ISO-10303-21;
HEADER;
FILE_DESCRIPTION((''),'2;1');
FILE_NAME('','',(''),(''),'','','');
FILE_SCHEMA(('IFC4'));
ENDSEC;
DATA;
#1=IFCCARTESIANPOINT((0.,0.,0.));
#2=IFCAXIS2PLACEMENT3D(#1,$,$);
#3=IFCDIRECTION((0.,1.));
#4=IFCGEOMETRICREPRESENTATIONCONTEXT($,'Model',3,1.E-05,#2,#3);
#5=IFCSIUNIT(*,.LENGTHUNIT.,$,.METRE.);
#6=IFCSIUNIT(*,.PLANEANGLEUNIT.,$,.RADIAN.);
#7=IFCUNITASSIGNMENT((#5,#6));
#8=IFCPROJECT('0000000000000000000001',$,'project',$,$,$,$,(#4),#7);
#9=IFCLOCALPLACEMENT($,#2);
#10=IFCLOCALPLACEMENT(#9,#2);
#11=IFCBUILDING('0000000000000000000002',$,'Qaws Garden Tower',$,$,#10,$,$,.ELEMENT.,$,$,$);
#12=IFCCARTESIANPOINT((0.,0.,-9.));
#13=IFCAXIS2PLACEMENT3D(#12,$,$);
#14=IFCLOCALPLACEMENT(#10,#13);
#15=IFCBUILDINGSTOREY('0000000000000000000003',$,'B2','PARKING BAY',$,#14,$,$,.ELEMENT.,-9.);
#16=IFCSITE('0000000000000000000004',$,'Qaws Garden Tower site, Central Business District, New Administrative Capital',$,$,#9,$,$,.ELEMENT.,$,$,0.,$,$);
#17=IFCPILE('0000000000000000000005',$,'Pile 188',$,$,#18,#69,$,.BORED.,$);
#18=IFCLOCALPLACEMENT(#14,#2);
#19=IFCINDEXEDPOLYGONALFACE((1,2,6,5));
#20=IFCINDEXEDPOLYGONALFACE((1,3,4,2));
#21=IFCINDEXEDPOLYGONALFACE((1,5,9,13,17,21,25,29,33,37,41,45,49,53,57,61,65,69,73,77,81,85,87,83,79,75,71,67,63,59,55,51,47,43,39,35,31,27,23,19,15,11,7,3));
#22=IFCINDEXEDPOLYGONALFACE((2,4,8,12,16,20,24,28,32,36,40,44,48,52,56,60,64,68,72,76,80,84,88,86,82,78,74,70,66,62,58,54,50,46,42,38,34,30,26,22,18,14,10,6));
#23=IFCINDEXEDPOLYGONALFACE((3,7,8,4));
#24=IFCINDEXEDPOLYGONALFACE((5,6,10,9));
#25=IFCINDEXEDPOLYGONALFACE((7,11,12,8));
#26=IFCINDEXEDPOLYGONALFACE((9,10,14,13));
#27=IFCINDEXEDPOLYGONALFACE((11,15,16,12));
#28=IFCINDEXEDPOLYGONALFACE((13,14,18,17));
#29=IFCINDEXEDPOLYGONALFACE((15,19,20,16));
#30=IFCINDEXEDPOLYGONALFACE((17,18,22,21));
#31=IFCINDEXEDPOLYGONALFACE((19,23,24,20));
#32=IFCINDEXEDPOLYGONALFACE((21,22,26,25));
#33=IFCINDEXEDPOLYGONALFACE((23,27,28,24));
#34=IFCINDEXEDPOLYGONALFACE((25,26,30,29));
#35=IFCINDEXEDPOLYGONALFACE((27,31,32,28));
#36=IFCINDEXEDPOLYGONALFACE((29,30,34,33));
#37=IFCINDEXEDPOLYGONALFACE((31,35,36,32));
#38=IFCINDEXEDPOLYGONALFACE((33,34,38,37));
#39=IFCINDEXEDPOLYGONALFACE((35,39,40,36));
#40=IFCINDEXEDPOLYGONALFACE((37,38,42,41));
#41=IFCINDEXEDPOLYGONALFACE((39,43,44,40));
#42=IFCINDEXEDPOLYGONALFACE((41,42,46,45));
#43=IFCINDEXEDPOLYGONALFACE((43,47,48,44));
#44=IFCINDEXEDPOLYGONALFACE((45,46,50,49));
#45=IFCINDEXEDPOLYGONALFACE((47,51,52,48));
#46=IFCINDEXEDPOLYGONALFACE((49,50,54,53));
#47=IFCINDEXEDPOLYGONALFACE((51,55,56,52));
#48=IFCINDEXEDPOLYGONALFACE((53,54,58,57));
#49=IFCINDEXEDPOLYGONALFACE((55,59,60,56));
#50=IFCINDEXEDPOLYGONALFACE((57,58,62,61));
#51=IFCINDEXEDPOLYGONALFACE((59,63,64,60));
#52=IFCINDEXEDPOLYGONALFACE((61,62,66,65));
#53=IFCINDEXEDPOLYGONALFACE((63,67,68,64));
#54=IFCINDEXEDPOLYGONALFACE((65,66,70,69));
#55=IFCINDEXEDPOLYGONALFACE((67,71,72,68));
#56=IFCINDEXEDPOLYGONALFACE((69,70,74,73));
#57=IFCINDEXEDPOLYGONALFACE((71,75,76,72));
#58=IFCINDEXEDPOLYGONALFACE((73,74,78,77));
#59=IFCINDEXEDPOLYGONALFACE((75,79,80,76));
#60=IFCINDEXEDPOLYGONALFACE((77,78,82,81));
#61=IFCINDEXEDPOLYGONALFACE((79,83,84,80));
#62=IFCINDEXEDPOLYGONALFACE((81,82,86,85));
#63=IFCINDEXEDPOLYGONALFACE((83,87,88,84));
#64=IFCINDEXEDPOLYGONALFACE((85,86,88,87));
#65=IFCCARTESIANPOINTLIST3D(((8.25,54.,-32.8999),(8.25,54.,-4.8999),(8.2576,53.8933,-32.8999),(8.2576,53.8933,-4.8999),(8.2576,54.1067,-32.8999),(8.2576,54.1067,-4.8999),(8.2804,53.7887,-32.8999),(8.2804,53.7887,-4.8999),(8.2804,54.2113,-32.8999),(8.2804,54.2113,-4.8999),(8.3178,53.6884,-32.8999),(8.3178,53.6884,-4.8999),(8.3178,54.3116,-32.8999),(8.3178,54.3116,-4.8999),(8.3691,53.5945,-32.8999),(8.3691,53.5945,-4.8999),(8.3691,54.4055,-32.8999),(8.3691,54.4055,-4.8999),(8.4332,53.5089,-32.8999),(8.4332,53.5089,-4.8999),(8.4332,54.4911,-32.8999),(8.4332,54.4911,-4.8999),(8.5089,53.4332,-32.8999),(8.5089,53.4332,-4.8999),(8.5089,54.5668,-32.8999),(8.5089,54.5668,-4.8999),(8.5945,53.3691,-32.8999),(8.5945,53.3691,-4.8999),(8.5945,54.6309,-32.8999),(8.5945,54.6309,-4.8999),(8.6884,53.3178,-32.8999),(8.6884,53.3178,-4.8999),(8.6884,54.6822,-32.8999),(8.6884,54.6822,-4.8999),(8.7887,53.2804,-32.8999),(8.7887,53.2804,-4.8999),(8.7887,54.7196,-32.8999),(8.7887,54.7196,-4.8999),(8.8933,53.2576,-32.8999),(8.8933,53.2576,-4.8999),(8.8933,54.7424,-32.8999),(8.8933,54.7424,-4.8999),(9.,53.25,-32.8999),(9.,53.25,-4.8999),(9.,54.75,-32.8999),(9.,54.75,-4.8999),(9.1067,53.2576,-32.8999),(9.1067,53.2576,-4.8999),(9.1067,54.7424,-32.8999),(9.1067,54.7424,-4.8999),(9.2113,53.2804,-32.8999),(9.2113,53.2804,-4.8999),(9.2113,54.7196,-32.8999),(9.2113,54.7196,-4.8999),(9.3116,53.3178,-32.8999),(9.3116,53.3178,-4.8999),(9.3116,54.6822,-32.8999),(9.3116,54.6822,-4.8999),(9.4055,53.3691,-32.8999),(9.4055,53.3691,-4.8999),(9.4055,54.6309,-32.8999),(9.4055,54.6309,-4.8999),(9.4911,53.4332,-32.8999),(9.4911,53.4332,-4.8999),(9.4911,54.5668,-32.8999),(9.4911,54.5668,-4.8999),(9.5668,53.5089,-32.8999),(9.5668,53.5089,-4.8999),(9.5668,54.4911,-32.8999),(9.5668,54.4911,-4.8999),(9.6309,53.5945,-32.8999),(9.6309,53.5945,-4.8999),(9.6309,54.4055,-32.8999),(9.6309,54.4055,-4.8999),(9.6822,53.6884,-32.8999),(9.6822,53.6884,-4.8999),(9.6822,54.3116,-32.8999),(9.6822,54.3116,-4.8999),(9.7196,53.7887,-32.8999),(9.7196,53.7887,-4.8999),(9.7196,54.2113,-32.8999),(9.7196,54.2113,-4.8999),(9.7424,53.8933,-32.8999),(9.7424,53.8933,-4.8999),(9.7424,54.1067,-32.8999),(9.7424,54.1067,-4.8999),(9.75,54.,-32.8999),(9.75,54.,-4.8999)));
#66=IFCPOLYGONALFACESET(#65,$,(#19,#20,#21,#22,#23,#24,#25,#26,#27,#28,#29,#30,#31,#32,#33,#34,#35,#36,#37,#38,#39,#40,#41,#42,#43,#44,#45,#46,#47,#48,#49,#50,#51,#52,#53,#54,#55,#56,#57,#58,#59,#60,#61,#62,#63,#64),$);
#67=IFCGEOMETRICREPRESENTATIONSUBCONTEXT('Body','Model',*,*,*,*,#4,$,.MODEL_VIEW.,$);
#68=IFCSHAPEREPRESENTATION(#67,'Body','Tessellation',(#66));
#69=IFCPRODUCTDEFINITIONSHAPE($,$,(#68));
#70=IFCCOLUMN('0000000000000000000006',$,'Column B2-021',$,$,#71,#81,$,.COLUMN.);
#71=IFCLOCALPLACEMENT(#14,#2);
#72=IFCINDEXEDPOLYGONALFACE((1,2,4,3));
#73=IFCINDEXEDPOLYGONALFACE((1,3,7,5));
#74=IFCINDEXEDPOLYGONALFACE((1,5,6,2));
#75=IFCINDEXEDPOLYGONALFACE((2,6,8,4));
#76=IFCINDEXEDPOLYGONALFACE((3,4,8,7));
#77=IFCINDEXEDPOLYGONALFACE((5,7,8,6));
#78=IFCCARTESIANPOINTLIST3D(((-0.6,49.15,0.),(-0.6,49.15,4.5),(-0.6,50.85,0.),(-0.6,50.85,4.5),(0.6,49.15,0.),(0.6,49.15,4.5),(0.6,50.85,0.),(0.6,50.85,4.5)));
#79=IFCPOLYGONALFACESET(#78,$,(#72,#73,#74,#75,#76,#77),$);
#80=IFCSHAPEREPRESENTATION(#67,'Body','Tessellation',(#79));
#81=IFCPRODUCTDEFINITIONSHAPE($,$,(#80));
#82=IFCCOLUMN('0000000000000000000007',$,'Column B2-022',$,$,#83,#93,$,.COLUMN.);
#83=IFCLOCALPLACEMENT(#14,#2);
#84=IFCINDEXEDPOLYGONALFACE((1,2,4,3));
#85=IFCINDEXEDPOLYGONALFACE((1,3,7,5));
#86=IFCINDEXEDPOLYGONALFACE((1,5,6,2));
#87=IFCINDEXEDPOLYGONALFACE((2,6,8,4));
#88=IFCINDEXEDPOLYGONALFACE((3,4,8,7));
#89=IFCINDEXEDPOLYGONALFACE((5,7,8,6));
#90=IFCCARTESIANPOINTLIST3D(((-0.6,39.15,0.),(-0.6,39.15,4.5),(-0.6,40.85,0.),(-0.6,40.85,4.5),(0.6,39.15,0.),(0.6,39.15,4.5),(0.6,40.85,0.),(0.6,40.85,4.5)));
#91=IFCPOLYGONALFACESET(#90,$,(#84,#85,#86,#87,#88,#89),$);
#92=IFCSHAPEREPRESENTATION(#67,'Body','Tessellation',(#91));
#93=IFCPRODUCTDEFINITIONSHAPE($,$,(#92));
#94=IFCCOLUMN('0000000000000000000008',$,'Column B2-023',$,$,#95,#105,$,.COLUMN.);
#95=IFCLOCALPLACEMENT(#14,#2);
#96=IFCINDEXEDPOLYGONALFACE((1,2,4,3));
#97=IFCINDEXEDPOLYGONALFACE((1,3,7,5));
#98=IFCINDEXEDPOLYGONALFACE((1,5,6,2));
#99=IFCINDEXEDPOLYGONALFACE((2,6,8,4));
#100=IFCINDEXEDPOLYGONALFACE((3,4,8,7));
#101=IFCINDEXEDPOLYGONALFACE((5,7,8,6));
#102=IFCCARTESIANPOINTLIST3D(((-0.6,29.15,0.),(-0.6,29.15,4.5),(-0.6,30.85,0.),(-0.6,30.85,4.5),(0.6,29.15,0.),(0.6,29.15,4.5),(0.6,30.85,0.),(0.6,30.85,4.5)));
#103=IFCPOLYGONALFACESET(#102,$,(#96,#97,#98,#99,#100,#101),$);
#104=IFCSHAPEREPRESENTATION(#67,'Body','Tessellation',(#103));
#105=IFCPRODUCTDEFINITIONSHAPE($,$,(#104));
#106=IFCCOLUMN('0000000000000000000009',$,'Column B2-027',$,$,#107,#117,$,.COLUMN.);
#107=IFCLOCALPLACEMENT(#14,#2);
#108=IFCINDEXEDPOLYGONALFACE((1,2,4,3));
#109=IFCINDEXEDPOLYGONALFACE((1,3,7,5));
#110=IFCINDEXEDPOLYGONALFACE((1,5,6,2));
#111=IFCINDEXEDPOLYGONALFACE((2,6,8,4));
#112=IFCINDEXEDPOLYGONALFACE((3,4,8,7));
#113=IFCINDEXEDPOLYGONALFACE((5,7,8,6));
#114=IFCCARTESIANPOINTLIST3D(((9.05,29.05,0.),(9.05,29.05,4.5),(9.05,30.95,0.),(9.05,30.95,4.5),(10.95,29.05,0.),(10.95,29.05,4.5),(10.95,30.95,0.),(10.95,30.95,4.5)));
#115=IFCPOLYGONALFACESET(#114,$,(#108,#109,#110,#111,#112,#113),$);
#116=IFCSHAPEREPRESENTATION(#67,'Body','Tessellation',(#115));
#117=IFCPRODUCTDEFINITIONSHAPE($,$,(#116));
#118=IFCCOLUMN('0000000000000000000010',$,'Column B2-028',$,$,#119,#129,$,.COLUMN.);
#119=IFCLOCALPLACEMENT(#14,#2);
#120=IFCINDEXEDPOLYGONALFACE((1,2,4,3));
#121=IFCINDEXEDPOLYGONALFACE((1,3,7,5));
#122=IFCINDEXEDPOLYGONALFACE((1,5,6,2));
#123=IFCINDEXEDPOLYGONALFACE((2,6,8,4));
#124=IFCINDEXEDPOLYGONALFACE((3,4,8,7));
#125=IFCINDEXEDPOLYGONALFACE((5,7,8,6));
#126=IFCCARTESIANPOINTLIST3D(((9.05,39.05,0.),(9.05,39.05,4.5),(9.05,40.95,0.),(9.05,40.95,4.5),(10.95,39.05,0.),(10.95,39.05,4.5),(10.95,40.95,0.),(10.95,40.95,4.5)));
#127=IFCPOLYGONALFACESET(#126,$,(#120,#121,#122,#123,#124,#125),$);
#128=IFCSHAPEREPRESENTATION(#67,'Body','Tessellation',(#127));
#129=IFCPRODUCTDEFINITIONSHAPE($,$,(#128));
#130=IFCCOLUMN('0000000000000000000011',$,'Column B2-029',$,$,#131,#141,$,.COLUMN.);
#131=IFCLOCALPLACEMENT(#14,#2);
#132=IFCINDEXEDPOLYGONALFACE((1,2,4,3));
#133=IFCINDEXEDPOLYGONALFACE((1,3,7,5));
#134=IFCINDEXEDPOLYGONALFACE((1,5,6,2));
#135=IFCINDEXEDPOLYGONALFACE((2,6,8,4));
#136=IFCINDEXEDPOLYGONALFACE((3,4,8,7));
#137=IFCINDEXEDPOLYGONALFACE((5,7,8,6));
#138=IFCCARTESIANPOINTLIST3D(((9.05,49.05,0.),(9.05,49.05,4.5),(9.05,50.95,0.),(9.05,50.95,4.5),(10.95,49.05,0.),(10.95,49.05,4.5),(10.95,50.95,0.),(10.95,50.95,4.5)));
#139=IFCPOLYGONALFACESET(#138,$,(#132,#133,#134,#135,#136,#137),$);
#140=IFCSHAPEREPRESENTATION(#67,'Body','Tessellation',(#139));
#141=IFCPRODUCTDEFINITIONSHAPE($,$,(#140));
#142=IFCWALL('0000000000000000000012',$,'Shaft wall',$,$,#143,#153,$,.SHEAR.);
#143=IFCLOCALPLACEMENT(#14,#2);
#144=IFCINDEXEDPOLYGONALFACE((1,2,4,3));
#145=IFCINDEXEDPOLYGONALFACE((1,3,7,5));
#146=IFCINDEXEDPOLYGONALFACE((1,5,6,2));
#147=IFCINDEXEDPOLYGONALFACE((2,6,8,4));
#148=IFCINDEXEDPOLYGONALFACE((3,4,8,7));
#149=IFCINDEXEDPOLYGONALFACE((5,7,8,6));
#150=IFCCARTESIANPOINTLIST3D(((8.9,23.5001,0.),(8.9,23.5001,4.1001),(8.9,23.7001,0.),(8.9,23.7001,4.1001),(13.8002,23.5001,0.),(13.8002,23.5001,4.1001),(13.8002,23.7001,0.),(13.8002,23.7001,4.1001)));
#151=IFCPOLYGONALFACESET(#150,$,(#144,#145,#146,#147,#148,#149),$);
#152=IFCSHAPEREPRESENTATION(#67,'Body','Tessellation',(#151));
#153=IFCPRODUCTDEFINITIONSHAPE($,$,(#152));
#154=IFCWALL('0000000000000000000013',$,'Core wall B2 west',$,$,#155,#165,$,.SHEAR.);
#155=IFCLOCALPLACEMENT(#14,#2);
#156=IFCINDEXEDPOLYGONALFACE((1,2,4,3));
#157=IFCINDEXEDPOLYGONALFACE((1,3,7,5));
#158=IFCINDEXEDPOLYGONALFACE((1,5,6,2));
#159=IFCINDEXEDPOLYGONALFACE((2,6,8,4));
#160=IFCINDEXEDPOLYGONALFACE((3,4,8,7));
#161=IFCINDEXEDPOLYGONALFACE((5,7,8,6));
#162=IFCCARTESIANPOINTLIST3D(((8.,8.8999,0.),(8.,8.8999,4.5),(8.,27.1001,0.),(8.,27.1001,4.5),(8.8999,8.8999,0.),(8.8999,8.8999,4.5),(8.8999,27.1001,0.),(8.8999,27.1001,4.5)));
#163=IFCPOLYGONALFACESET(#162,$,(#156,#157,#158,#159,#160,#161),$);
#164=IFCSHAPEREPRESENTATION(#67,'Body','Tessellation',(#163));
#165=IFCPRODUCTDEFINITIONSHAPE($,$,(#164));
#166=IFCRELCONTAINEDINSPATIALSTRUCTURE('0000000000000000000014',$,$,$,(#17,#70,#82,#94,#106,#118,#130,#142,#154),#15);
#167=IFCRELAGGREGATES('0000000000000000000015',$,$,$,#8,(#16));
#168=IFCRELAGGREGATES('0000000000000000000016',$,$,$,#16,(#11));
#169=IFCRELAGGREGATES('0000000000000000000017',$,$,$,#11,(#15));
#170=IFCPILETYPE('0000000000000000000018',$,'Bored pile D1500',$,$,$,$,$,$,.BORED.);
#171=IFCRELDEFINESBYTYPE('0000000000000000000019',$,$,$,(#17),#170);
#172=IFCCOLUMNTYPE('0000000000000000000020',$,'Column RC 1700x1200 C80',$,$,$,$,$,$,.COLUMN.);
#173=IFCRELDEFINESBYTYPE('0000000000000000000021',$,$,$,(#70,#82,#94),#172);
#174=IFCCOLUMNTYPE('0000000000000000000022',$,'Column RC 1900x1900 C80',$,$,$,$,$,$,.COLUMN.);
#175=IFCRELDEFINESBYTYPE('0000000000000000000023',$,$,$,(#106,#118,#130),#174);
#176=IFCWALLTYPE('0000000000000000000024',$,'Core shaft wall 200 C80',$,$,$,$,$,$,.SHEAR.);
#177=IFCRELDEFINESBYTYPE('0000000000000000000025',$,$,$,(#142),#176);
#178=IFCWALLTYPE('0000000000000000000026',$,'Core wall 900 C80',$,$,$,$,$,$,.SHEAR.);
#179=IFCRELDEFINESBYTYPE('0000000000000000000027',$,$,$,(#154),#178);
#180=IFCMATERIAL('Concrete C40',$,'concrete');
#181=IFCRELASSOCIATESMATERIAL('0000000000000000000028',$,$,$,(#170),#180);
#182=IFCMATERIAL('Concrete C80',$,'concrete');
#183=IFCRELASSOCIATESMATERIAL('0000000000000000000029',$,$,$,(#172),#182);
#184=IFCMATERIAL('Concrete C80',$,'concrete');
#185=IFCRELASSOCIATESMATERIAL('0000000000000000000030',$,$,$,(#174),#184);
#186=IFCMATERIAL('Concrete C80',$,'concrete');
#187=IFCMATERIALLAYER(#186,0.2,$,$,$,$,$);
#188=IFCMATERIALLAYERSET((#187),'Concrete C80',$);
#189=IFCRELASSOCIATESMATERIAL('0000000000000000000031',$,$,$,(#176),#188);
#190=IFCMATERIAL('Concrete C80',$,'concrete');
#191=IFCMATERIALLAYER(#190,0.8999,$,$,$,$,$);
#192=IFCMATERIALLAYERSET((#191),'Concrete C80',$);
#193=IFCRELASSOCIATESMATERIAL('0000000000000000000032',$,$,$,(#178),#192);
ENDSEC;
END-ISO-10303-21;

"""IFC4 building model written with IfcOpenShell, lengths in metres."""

from ifc_helpers import new_model, si_unit, direction, frame, frame_2d, origin, origin_2d, place, context, subcontext, project, spatial, rectangle, circle, extrude, material, layer, layer_set, material_profile, profile_set, type_object, element, save


model = new_model("IFC4")

# Units and contexts
model_context = context("Model", 3, precision=1e-05, world=origin(), true_north=direction((0.0, 1.0)))
body_context = subcontext(model_context, "Body", "Model", "MODEL_VIEW")
ifc_project = project(units=[si_unit("LENGTHUNIT", "METRE"), si_unit("PLANEANGLEUNIT", "RADIAN")], contexts=[model_context])

# Site, building, storey
site_placement = place(None, origin())
site = spatial("IfcSite", under=ifc_project, at=site_placement, Name="Qaws Garden Tower site, Central Business District, New Administrative Capital", CompositionType="ELEMENT", RefElevation=0.0)
building_placement = place(site_placement, origin())
building = spatial("IfcBuilding", under=site, at=building_placement, Name="Qaws Garden Tower", CompositionType="ELEMENT")
storey_placement = place(building_placement, frame((0.0, 0.0, -9.0)))
storey = spatial("IfcBuildingStorey", under=building, at=storey_placement, Name="B2", Description="PARKING BAY", CompositionType="ELEMENT", Elevation=-9.0)

# Pile
ifc_material_1 = material(Name="Concrete C40", Category="concrete")
ifc_material_profile_1 = material_profile(ifc_material_1, circle(Radius=0.75, at=origin_2d()), Name="Bored pile D1500")
ifc_profile_set_1 = profile_set([ifc_material_profile_1], Name="Concrete C40")
pile_type = type_object("IfcPileType", Name="Bored pile D1500", PredefinedType="BORED", material=ifc_profile_set_1)
for number, where, z_axis, x_axis, name in (
    (1, (9.0, 54.0, -4.8999), (0.0, 0.0, -1.0), (1.0, 0.0, 0.0), "Pile 188"),
):
    element("IfcPile", number, at=place(storey_placement, frame(where, z_axis=z_axis, x_axis=x_axis)), inside=storey, type_object=pile_type, Name=name, PredefinedType="BORED", context=body_context, shape_type="SweptSolid", body=[
        extrude(circle(Radius=0.75, at=origin_2d()), origin(), (0.0, 0.0, 1.0), 28.0),
    ])

# Columns
ifc_material_2 = material(Name="Concrete C80", Category="concrete")
ifc_material_profile_2 = material_profile(ifc_material_2, rectangle(XDim=1.7, YDim=1.2, at=origin_2d()), Name="RC 1700x1200")
ifc_profile_set_2 = profile_set([ifc_material_profile_2], Name="Concrete C80")
column_type_1 = type_object("IfcColumnType", Name="Column RC 1700x1200 C80", PredefinedType="COLUMN", material=ifc_profile_set_2)
for number, where, z_axis, x_axis, name in (
    (2, (0.0, 50.0, 0.0), (0.0, 0.0, 1.0), (0.0, 1.0, 0.0), "Column B2-021"),
    (3, (0.0, 40.0, 0.0), (0.0, 0.0, 1.0), (0.0, 1.0, 0.0), "Column B2-022"),
    (4, (0.0, 30.0, 0.0), (0.0, 0.0, 1.0), (0.0, 1.0, 0.0), "Column B2-023"),
):
    element("IfcColumn", number, at=place(storey_placement, frame(where, z_axis=z_axis, x_axis=x_axis)), inside=storey, type_object=column_type_1, Name=name, PredefinedType="COLUMN", context=body_context, shape_type="SweptSolid", body=[
        extrude(rectangle(XDim=1.7, YDim=1.2, at=origin_2d()), origin(), (0.0, 0.0, 1.0), 4.5),
    ])
ifc_material_3 = material(Name="Concrete C80", Category="concrete")
ifc_material_profile_3 = material_profile(ifc_material_3, rectangle(XDim=1.8999, YDim=1.8999, at=origin_2d()), Name="RC 1900x1900")
ifc_profile_set_3 = profile_set([ifc_material_profile_3], Name="Concrete C80")
column_type_2 = type_object("IfcColumnType", Name="Column RC 1900x1900 C80", PredefinedType="COLUMN", material=ifc_profile_set_3)
for number, where, z_axis, x_axis, name in (
    (5, (10.0, 30.0, 0.0), (0.0, 0.0, 1.0), (1.0, 0.0, 0.0), "Column B2-027"),
    (6, (10.0, 40.0, 0.0), (0.0, 0.0, 1.0), (1.0, 0.0, 0.0), "Column B2-028"),
    (7, (10.0, 50.0, 0.0), (0.0, 0.0, 1.0), (1.0, 0.0, 0.0), "Column B2-029"),
):
    element("IfcColumn", number, at=place(storey_placement, frame(where, z_axis=z_axis, x_axis=x_axis)), inside=storey, type_object=column_type_2, Name=name, PredefinedType="COLUMN", context=body_context, shape_type="SweptSolid", body=[
        extrude(rectangle(XDim=1.8999, YDim=1.8999, at=origin_2d()), origin(), (0.0, 0.0, 1.0), 4.5),
    ])

# Walls
ifc_material_4 = material(Name="Concrete C80", Category="concrete")
ifc_layer_1 = layer(ifc_material_4, 0.2)
ifc_layer_set_1 = layer_set([ifc_layer_1], Name="Concrete C80")
wall_type_1 = type_object("IfcWallType", Name="Core shaft wall 200 C80", PredefinedType="SHEAR", material=ifc_layer_set_1)
wall_1_placement = place(storey_placement, frame((8.8999, 23.6001, 0.0), z_axis=(0.0, 0.0, 1.0), x_axis=(1.0, 0.0, 0.0)))
element("IfcWall", 8, at=wall_1_placement, inside=storey, type_object=wall_type_1, Name="Shaft wall", PredefinedType="SHEAR", context=body_context, shape_type="SweptSolid", body=[
    extrude(rectangle(XDim=4.9001, YDim=0.2, at=frame_2d((2.4502, 0.0))), origin(), (0.0, 0.0, 1.0), 4.1001),
])
ifc_material_5 = material(Name="Concrete C80", Category="concrete")
ifc_layer_2 = layer(ifc_material_5, 0.8999)
ifc_layer_set_2 = layer_set([ifc_layer_2], Name="Concrete C80")
wall_type_2 = type_object("IfcWallType", Name="Core wall 900 C80", PredefinedType="SHEAR", material=ifc_layer_set_2)
wall_2_placement = place(storey_placement, frame((8.45, 27.1001, 0.0), z_axis=(0.0, 0.0, 1.0), x_axis=(0.0, -1.0, 0.0)))
element("IfcWall", 9, at=wall_2_placement, inside=storey, type_object=wall_type_2, Name="Core wall B2 west", PredefinedType="SHEAR", context=body_context, shape_type="SweptSolid", body=[
    extrude(rectangle(XDim=18.2002, YDim=0.8999, at=frame_2d((9.1001, 0.0))), origin(), (0.0, 0.0, 1.0), 4.5),
])

save(model, "model.ifc")
